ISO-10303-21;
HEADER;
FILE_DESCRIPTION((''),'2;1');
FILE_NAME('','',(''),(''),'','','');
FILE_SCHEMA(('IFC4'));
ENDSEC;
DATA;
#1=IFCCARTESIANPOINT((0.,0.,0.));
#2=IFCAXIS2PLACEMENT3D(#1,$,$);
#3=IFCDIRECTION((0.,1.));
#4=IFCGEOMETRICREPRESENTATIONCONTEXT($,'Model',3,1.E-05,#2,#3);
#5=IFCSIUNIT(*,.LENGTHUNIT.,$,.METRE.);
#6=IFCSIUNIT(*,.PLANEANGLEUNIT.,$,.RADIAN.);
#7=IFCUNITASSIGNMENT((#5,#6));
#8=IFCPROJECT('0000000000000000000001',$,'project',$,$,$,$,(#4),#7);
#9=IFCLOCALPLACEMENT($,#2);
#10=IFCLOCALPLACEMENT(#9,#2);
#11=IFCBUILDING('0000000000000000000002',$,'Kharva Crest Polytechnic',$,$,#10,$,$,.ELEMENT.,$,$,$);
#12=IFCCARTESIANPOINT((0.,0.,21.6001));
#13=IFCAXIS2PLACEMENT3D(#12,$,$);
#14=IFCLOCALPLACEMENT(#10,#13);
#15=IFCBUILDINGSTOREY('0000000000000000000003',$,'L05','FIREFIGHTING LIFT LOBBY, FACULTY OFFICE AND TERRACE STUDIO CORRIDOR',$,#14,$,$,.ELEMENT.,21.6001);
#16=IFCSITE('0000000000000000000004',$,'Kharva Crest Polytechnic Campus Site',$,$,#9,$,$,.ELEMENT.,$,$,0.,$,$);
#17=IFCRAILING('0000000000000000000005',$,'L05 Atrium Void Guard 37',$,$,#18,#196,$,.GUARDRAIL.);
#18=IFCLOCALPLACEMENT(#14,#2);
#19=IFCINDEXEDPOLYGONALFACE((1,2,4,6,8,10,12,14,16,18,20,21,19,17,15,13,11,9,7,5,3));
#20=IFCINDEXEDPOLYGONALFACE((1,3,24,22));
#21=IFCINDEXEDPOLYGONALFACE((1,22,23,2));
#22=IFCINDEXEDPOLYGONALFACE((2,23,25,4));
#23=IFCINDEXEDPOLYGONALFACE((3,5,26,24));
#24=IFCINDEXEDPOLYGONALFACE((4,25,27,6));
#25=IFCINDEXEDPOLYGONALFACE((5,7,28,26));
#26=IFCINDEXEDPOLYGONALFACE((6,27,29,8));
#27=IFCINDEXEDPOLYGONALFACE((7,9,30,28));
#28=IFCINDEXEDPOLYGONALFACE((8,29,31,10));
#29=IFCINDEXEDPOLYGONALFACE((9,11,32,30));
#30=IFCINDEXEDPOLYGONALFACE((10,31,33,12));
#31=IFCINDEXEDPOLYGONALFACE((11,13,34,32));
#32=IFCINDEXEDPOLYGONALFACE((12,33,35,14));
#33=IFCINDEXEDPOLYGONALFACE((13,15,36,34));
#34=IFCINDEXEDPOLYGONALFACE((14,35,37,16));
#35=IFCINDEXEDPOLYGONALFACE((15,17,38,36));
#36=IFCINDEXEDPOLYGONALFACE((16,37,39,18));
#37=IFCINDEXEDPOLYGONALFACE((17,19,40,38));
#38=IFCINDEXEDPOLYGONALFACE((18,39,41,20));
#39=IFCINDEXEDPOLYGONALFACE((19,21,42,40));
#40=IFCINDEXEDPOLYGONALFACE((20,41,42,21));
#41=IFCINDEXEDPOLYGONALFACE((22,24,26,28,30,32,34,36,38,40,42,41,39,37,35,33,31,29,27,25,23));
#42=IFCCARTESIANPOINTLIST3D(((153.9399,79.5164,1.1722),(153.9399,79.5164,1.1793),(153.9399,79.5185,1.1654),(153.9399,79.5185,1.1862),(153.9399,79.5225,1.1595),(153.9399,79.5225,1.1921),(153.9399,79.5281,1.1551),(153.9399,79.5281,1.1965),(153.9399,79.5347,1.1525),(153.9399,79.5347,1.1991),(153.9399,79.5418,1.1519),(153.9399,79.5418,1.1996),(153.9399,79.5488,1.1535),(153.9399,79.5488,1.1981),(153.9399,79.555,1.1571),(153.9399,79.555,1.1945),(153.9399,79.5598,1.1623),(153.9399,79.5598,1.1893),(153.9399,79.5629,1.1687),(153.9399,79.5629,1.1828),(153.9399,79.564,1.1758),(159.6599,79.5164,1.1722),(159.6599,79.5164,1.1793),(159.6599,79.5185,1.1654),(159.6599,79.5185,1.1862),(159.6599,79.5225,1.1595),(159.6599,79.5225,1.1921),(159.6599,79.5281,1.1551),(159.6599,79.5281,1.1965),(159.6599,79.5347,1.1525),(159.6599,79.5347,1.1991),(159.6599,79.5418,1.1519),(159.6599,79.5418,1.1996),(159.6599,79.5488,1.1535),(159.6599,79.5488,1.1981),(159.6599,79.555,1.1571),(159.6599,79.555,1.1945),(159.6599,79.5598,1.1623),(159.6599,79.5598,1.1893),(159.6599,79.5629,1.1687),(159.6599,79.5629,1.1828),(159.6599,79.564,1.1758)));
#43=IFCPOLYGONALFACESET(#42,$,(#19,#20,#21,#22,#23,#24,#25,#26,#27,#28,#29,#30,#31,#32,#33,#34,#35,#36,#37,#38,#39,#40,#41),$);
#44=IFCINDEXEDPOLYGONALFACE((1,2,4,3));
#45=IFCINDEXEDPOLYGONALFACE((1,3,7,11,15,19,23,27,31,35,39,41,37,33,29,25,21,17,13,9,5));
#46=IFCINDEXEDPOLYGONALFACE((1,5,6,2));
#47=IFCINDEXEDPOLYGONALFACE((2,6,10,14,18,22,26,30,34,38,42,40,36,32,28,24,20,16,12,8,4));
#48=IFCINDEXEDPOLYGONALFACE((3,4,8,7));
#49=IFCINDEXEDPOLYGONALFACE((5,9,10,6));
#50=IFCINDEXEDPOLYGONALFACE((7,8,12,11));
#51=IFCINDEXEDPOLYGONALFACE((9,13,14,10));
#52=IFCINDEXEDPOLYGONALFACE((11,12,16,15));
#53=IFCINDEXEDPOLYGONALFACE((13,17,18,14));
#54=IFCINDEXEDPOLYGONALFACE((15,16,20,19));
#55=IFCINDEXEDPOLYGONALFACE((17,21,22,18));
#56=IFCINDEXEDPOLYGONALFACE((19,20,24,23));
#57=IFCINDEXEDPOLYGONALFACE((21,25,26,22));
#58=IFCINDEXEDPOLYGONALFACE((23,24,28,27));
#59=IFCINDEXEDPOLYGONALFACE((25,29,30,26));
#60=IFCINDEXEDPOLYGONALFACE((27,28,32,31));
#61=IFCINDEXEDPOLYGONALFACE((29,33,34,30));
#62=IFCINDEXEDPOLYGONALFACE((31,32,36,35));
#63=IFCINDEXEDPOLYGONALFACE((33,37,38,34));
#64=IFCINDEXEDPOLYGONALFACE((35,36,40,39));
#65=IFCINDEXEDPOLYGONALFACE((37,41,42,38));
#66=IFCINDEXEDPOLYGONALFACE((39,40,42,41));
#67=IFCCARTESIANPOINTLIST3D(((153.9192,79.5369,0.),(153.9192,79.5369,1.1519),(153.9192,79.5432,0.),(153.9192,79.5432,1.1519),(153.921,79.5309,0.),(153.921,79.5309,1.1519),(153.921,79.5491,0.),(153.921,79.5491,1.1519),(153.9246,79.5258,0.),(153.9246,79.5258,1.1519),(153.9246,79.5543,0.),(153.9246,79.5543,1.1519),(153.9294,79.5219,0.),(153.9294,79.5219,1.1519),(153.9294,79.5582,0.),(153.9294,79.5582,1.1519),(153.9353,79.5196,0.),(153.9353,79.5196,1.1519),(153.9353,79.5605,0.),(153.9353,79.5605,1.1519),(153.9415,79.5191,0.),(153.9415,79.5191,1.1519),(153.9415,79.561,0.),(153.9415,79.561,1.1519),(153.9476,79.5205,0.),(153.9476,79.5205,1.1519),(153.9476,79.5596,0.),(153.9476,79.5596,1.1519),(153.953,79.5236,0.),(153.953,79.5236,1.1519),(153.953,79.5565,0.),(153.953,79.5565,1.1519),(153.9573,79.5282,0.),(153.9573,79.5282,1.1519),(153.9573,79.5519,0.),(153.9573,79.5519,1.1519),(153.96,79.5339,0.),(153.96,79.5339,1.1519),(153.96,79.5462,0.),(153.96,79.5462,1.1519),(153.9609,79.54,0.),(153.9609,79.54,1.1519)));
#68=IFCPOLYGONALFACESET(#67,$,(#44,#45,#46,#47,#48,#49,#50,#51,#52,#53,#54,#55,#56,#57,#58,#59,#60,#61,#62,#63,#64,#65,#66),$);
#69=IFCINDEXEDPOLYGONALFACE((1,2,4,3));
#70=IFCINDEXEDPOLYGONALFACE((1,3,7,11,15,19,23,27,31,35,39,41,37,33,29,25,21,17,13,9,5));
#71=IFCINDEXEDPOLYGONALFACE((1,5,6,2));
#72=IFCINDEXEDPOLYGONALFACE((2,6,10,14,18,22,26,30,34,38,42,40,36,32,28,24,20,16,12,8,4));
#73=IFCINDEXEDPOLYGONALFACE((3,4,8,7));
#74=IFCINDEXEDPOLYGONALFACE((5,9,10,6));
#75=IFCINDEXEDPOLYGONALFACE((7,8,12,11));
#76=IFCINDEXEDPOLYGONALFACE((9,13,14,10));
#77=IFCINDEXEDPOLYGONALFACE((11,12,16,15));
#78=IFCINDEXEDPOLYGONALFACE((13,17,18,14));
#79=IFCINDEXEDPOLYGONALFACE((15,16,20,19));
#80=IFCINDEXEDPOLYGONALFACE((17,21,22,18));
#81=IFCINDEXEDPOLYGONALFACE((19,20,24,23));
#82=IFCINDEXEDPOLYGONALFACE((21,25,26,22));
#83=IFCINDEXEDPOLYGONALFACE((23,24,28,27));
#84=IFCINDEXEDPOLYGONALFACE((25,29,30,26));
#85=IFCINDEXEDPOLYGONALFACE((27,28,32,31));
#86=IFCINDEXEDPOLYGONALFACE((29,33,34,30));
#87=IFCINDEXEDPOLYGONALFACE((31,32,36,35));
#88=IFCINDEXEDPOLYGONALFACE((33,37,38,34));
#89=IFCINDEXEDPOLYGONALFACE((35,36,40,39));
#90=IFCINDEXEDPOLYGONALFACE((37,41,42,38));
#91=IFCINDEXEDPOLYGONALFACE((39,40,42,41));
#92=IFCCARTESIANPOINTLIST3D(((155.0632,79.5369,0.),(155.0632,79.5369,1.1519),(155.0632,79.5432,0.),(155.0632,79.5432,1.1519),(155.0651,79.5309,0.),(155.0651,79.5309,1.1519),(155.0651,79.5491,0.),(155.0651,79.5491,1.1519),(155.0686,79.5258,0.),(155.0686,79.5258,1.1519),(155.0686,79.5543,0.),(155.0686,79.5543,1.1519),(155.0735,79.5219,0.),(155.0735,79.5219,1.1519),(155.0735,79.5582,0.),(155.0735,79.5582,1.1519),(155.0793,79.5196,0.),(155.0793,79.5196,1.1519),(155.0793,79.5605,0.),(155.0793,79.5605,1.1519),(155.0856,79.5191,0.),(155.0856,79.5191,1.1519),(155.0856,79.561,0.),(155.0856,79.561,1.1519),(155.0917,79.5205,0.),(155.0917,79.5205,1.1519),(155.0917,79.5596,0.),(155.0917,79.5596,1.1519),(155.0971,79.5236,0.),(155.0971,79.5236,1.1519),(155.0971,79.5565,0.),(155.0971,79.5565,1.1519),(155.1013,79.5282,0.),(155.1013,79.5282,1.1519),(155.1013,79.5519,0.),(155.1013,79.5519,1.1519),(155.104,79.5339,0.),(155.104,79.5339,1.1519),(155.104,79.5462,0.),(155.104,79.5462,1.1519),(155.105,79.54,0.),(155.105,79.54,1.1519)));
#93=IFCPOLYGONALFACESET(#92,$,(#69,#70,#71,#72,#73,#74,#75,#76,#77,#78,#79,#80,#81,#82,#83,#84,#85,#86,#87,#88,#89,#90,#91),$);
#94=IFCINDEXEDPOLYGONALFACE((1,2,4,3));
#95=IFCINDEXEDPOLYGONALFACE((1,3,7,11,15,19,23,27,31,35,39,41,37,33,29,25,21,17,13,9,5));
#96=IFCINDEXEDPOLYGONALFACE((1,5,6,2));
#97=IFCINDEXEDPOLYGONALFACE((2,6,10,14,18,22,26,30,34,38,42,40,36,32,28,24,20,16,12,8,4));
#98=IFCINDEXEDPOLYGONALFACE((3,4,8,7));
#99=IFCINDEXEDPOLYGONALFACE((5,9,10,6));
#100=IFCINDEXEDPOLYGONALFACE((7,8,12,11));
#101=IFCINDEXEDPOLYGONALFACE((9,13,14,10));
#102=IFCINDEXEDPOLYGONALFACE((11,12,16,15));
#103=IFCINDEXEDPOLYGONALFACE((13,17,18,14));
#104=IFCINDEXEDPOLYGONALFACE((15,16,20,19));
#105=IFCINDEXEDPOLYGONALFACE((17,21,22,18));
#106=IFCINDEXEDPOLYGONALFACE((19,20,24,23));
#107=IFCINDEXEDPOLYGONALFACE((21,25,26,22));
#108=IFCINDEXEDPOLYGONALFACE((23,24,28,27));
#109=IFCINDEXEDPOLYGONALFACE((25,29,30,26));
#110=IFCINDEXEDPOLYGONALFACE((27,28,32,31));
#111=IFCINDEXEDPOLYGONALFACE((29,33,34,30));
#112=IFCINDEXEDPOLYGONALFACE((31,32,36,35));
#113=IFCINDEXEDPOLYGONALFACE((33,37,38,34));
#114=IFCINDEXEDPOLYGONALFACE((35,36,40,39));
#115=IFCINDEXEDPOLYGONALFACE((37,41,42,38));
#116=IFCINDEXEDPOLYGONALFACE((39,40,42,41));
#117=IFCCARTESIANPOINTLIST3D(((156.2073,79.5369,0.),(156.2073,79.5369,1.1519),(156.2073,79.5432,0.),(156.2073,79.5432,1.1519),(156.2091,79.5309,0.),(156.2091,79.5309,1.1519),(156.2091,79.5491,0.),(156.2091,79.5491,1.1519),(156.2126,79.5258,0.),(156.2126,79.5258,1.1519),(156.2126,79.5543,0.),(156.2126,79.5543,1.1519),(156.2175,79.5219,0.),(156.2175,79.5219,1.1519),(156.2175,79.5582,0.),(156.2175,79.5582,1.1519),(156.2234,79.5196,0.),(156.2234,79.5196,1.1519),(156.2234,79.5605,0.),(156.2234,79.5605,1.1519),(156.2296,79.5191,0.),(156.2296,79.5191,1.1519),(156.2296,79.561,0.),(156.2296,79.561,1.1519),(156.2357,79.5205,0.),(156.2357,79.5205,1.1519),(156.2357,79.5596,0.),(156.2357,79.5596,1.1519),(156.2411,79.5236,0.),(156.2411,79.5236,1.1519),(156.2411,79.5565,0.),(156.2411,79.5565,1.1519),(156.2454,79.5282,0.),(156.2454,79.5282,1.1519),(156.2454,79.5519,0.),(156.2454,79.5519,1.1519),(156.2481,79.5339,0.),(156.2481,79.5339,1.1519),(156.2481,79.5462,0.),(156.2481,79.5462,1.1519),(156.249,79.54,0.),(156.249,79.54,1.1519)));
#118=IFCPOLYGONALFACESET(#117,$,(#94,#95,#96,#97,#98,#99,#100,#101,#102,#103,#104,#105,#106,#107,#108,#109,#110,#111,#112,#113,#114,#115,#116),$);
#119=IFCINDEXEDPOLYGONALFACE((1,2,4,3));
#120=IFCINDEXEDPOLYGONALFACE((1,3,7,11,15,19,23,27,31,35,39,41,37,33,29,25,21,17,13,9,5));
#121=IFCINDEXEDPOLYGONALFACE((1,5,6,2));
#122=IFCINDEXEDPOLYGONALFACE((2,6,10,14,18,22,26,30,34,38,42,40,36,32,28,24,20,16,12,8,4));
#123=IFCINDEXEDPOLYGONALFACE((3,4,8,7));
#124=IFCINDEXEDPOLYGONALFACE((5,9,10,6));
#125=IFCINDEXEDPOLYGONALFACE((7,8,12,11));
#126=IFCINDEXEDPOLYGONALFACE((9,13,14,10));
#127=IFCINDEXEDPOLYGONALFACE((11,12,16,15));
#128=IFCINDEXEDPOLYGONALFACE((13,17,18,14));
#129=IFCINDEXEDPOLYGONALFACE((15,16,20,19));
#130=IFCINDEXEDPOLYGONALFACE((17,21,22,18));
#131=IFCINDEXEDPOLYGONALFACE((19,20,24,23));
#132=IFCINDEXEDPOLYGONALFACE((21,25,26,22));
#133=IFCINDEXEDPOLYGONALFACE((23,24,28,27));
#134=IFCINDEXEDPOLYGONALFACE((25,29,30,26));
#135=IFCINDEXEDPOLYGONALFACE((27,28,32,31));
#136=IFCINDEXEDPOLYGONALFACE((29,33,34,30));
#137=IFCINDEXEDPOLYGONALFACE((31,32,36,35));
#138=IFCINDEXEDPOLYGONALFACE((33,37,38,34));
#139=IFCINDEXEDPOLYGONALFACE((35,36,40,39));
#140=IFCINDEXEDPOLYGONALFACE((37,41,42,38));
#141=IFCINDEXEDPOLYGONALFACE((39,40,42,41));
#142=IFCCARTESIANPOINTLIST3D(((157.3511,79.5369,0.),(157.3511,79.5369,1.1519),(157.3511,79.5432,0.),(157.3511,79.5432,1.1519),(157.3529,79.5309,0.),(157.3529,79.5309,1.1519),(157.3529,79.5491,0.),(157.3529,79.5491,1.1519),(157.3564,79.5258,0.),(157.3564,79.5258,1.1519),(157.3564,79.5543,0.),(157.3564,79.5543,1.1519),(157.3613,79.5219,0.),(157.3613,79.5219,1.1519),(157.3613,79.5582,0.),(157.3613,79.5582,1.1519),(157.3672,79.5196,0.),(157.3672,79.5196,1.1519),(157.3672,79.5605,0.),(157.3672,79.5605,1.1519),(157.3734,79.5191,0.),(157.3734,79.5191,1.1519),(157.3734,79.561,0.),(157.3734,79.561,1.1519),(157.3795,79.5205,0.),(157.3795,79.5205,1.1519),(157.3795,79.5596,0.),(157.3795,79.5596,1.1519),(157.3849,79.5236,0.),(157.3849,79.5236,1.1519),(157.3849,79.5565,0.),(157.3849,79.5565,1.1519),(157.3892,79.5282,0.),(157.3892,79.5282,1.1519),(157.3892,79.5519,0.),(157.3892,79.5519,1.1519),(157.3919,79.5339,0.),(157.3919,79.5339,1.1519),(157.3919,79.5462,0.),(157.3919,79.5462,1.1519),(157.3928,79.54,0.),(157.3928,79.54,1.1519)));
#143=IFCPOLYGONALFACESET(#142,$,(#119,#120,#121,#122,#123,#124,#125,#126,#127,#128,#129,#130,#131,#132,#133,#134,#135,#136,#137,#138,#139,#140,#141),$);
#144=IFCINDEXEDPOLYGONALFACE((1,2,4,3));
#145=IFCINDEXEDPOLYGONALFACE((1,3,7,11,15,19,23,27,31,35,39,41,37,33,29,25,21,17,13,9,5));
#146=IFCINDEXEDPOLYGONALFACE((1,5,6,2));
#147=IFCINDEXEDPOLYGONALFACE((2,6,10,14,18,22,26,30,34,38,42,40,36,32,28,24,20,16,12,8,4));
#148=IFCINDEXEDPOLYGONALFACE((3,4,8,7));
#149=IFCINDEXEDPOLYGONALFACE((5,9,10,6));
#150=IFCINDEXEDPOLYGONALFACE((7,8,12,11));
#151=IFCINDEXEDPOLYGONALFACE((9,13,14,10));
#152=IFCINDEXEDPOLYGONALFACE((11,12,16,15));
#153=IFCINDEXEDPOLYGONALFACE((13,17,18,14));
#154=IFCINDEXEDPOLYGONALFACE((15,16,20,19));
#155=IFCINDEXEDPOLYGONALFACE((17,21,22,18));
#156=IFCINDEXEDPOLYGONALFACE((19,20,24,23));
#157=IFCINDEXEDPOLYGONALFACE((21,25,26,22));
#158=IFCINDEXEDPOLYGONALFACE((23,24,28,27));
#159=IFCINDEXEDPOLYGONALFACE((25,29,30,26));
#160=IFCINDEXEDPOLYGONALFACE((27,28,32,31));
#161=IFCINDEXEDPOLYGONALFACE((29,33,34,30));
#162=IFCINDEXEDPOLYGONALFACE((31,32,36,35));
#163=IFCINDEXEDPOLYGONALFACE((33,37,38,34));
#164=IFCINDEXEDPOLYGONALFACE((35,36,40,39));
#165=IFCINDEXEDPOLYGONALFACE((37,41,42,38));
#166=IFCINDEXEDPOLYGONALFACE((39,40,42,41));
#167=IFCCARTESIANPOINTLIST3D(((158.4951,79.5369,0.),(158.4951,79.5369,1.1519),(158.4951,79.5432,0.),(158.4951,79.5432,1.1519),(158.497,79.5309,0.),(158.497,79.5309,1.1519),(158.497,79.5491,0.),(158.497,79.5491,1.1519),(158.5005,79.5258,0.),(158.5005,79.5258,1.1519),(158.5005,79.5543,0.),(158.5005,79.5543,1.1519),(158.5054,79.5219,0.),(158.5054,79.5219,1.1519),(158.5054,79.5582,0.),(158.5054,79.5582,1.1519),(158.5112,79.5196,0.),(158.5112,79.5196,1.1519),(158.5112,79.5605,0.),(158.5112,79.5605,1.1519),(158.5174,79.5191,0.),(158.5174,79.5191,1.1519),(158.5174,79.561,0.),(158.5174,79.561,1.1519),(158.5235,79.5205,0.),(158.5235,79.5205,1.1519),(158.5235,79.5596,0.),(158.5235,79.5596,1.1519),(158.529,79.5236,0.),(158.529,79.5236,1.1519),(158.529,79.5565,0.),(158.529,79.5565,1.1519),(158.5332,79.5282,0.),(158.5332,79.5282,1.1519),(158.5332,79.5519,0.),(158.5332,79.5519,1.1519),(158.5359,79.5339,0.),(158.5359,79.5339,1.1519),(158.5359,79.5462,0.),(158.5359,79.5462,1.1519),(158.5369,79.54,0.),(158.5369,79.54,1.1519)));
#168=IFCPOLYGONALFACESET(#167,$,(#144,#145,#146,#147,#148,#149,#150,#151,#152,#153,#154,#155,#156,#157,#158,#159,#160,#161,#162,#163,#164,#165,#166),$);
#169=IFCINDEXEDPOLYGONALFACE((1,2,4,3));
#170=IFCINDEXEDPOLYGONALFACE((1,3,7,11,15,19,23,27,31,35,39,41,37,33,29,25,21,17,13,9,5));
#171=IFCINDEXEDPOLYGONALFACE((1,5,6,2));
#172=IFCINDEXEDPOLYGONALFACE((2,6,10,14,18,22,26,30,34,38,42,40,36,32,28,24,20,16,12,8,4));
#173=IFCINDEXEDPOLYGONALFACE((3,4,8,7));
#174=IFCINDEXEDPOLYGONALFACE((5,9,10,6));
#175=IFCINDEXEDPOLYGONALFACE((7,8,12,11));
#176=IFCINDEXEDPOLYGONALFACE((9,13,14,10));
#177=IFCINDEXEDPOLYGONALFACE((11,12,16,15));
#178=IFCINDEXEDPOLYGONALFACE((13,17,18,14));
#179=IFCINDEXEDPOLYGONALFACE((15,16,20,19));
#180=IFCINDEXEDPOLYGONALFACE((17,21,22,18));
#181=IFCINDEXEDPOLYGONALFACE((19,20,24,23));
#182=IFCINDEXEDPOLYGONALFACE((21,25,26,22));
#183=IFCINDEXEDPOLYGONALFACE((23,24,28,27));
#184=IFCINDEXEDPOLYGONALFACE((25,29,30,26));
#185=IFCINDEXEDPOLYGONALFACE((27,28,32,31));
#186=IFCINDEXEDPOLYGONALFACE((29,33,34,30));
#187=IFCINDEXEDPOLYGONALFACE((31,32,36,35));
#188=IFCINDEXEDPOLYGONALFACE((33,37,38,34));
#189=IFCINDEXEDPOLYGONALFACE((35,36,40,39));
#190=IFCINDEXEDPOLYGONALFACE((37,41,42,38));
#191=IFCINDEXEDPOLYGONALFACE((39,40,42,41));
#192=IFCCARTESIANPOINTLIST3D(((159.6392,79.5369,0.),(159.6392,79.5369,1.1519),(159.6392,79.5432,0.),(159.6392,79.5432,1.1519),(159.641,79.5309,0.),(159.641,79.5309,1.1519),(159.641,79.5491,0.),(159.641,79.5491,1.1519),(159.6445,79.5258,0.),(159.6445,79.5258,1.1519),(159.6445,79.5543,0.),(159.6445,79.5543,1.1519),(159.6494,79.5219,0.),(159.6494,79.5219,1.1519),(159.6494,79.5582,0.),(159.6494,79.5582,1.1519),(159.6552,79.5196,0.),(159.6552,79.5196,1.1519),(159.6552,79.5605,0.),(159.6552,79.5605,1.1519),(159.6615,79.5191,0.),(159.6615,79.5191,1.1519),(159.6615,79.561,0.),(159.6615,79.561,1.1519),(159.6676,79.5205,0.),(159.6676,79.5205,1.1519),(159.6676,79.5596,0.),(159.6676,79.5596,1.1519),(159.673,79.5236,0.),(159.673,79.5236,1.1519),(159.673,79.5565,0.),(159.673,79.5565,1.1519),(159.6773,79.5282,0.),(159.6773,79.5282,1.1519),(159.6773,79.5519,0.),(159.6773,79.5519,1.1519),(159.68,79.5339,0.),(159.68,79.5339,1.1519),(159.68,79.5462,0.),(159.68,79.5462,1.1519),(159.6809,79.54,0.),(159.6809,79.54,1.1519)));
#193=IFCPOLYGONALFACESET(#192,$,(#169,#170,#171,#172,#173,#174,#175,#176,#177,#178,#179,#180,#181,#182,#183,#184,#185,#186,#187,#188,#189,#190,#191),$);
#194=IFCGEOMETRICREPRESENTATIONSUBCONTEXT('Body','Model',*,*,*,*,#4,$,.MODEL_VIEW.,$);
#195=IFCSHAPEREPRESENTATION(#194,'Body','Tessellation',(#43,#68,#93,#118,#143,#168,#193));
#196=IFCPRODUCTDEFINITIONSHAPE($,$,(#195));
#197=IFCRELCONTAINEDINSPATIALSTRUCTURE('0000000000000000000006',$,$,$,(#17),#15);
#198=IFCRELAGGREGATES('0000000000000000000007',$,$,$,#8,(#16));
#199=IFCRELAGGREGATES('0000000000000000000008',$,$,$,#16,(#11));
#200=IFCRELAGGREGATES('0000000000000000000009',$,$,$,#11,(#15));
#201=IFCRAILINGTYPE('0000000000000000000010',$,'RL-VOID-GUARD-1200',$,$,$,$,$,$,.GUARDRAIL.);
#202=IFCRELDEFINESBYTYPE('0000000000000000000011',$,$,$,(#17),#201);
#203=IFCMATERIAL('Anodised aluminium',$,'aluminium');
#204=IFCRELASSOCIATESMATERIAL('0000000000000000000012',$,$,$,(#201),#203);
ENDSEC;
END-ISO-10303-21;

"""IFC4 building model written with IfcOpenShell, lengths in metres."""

from ifc_helpers import new_model, si_unit, direction, frame, origin, origin_2d, place, context, subcontext, project, spatial, circle, extrude, material, type_object, element, save


model = new_model("IFC4")

# Units and contexts
model_context = context("Model", 3, precision=1e-05, world=origin(), true_north=direction((0.0, 1.0)))
body_context = subcontext(model_context, "Body", "Model", "MODEL_VIEW")
ifc_project = project(units=[si_unit("LENGTHUNIT", "METRE"), si_unit("PLANEANGLEUNIT", "RADIAN")], contexts=[model_context])

# Site, building, storey
site_placement = place(None, origin())
site = spatial("IfcSite", under=ifc_project, at=site_placement, Name="Kharva Crest Polytechnic Campus Site", CompositionType="ELEMENT", RefElevation=0.0)
building_placement = place(site_placement, origin())
building = spatial("IfcBuilding", under=site, at=building_placement, Name="Kharva Crest Polytechnic", CompositionType="ELEMENT")
storey_placement = place(building_placement, frame((0.0, 0.0, 21.6001)))
storey = spatial("IfcBuildingStorey", under=building, at=storey_placement, Name="L05", Description="FIREFIGHTING LIFT LOBBY, FACULTY OFFICE AND TERRACE STUDIO CORRIDOR", CompositionType="ELEMENT", Elevation=21.6001)

# Shared definitions
ifc_material_1 = material(Name="Anodised aluminium", Category="aluminium")

# Railing
railing_type = type_object("IfcRailingType", Name="RL-VOID-GUARD-1200", PredefinedType="GUARDRAIL", material=ifc_material_1)
railing_1_placement = place(storey_placement, frame((153.9399, 79.54, 0.0)))
element("IfcRailing", 1, at=railing_1_placement, inside=storey, type_object=railing_type, Name="L05 Atrium Void Guard 37", PredefinedType="GUARDRAIL", context=body_context, shape_type="SweptSolid", body=[
    extrude(circle(Radius=0.0239, at=origin_2d()), frame((0.0, 0.0, 1.1758), z_axis=(1.0, 0.0, 0.0), x_axis=(0.0, 1.0, 0.0)), (0.0, 0.0, 1.0), 5.72),
    extrude(circle(Radius=0.021, at=origin_2d()), origin(), (0.0, 0.0, 1.0), 1.1519),
    extrude(circle(Radius=0.021, at=origin_2d()), frame((1.144, 0.0, 0.0)), (0.0, 0.0, 1.0), 1.1519),
    extrude(circle(Radius=0.021, at=origin_2d()), frame((2.2881, 0.0, 0.0)), (0.0, 0.0, 1.0), 1.1519),
    extrude(circle(Radius=0.021, at=origin_2d()), frame((3.4319, 0.0, 0.0)), (0.0, 0.0, 1.0), 1.1519),
    extrude(circle(Radius=0.021, at=origin_2d()), frame((4.5759, 0.0, 0.0)), (0.0, 0.0, 1.0), 1.1519),
    extrude(circle(Radius=0.021, at=origin_2d()), frame((5.72, 0.0, 0.0)), (0.0, 0.0, 1.0), 1.1519),
])

save(model, "model.ifc")
